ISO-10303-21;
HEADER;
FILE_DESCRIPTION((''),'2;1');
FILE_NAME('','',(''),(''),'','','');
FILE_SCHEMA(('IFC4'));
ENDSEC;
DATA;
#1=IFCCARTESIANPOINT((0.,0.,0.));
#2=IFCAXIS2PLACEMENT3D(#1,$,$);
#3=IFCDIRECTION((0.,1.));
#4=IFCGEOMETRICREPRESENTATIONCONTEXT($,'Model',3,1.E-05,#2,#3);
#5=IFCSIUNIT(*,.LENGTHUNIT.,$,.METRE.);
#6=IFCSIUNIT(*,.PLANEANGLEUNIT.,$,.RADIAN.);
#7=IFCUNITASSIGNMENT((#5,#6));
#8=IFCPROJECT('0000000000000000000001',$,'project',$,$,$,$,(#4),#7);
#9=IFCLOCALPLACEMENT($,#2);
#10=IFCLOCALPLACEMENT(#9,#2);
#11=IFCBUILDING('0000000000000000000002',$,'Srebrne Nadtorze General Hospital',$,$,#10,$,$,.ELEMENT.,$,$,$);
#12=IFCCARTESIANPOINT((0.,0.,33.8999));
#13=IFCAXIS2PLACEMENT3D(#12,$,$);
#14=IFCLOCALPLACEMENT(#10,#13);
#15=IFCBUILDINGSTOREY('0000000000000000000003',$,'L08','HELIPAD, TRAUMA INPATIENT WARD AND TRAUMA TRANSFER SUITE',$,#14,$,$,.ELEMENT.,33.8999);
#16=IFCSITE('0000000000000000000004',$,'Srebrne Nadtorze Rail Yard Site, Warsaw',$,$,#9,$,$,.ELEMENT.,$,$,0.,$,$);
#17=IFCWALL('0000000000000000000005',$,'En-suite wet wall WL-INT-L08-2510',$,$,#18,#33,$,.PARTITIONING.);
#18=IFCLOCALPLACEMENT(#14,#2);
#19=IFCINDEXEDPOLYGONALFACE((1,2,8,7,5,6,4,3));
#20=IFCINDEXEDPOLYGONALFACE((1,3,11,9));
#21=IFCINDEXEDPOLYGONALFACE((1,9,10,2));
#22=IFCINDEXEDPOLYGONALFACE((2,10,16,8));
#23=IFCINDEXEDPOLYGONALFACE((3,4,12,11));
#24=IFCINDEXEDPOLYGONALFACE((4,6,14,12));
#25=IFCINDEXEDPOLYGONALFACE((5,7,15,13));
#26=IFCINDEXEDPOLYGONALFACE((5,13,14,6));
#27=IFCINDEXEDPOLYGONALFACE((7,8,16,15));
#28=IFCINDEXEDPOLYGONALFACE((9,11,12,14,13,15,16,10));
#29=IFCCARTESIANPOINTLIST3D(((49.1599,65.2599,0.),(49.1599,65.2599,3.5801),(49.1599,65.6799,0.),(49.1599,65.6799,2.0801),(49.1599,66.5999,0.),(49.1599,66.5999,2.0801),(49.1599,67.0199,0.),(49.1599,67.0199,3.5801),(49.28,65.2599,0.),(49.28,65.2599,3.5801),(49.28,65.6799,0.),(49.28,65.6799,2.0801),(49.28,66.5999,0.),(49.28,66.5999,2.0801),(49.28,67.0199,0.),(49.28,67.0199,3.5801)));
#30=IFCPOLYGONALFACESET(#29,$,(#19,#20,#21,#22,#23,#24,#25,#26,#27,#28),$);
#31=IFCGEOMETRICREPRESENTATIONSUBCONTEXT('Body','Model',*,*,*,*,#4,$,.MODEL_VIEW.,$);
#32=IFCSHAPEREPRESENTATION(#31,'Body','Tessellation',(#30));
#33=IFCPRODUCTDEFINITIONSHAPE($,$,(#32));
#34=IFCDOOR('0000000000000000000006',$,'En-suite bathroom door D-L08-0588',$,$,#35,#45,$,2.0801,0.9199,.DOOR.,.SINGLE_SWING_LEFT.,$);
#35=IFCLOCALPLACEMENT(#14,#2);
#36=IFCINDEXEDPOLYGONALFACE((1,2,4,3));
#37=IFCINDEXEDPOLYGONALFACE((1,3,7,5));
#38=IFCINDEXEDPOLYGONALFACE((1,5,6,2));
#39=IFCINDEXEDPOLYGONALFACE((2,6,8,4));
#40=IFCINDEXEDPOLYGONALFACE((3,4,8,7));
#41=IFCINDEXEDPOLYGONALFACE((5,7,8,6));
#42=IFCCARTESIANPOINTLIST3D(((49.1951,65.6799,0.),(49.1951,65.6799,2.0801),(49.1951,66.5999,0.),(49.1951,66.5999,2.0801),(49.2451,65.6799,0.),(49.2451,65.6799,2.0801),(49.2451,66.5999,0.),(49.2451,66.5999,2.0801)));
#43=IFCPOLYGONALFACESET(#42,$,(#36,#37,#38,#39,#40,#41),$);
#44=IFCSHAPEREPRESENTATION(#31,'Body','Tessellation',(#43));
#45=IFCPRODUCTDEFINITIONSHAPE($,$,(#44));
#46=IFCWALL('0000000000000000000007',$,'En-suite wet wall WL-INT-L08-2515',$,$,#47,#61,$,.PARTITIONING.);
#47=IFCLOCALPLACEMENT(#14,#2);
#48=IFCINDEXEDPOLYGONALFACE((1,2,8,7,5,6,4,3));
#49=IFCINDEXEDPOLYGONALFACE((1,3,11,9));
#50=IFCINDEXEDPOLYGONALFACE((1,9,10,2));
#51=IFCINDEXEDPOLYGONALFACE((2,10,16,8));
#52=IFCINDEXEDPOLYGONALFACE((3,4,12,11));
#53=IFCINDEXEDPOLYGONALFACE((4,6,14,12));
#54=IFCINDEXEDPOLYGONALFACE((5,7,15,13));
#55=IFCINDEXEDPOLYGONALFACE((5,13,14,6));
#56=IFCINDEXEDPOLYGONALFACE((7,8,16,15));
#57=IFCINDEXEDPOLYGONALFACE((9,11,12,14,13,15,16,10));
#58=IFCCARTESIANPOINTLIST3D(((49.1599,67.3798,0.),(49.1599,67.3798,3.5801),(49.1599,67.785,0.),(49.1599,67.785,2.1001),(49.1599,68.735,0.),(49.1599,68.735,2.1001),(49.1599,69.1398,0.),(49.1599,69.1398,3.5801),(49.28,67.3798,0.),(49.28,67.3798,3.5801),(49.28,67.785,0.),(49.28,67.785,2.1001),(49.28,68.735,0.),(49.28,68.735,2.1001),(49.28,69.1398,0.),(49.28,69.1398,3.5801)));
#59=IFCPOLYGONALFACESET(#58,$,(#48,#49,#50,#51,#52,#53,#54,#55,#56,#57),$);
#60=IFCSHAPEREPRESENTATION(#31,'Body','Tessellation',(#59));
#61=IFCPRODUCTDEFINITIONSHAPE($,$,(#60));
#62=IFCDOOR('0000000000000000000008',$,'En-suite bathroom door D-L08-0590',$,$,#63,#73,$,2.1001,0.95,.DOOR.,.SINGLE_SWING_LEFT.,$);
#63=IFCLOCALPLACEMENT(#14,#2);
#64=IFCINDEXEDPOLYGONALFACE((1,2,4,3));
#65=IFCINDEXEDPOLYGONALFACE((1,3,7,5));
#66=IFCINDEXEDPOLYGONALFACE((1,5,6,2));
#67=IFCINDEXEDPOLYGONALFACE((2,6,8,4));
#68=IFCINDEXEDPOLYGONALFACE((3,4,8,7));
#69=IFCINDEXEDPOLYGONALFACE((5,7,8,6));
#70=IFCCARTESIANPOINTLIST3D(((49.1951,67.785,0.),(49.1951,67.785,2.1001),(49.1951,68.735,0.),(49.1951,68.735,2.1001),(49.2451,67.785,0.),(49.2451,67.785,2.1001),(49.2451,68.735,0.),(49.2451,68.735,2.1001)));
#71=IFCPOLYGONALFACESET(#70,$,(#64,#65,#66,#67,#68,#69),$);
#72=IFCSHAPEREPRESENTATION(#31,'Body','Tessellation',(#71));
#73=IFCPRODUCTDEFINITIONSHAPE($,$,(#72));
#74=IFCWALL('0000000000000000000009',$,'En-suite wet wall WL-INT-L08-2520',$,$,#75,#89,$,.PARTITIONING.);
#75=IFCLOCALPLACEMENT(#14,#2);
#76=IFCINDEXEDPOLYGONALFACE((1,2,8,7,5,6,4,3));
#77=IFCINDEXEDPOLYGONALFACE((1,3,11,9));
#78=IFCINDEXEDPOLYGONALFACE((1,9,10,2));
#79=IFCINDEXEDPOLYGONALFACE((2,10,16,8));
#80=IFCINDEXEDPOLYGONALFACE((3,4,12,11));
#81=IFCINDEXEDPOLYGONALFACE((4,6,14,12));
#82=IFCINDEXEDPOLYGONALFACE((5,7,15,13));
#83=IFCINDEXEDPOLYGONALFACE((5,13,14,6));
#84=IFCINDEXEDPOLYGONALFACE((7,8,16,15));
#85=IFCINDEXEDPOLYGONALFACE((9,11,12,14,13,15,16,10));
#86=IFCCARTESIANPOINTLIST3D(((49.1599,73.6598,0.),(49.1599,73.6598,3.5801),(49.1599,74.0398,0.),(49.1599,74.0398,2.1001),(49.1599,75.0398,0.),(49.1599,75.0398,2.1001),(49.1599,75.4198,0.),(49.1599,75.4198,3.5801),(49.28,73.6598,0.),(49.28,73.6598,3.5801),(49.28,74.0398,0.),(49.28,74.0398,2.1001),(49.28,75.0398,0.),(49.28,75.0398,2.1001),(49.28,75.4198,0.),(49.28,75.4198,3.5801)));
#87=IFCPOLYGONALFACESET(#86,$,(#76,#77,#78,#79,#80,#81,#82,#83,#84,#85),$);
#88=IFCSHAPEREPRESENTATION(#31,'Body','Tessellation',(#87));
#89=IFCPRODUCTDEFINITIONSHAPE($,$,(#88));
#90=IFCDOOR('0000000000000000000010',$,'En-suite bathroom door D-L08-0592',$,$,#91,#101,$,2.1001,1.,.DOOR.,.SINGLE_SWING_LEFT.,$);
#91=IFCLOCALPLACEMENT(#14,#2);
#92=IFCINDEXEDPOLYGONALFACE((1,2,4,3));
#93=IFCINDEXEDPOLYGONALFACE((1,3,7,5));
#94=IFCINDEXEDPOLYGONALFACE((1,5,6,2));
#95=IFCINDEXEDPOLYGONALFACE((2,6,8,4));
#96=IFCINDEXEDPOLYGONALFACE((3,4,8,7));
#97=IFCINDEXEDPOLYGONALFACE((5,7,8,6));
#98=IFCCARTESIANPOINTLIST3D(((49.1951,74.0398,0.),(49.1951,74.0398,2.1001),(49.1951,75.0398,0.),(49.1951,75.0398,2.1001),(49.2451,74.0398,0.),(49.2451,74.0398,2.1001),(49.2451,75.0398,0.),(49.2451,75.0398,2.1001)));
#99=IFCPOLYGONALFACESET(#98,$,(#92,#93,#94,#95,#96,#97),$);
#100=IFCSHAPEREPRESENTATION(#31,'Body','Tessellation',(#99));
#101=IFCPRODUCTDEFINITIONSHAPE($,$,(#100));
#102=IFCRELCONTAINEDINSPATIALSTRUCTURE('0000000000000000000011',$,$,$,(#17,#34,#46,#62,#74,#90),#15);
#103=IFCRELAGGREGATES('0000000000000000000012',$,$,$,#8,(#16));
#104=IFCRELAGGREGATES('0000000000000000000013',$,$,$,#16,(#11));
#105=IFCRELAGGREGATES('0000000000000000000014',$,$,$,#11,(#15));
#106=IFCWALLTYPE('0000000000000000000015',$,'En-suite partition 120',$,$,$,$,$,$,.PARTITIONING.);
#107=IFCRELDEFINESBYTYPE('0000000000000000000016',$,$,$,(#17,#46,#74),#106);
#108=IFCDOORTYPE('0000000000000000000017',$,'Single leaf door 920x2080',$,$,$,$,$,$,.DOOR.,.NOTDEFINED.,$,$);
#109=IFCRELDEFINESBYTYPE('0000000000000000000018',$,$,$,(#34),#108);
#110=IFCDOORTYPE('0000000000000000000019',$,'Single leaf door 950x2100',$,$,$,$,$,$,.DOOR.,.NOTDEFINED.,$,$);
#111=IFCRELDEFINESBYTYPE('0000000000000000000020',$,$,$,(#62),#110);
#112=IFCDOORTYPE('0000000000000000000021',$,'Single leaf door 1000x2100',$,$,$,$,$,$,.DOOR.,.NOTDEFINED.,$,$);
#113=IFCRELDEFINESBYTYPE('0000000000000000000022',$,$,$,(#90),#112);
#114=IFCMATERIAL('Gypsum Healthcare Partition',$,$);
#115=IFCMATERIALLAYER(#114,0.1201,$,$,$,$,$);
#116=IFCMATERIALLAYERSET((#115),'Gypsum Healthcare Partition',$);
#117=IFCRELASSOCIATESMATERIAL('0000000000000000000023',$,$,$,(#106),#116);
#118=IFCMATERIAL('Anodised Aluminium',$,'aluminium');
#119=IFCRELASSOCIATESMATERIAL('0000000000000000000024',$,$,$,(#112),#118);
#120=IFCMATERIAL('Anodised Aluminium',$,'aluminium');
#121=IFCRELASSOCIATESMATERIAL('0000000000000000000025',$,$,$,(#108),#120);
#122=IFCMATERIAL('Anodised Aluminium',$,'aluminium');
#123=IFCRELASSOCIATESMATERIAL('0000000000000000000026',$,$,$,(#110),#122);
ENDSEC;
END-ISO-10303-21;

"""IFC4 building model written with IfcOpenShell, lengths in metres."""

from ifc_helpers import new_model, si_unit, direction, frame, frame_2d, origin, place, context, subcontext, project, spatial, rectangle, extrude, material, layer, layer_set, type_object, element, fill, save


model = new_model("IFC4")

# Units and contexts
model_context = context("Model", 3, precision=1e-05, world=origin(), true_north=direction((0.0, 1.0)))
body_context = subcontext(model_context, "Body", "Model", "MODEL_VIEW")
ifc_project = project(units=[si_unit("LENGTHUNIT", "METRE"), si_unit("PLANEANGLEUNIT", "RADIAN")], contexts=[model_context])

# Site, building, storey
site_placement = place(None, origin())
site = spatial("IfcSite", under=ifc_project, at=site_placement, Name="Srebrne Nadtorze Rail Yard Site, Warsaw", CompositionType="ELEMENT", RefElevation=0.0)
building_placement = place(site_placement, origin())
building = spatial("IfcBuilding", under=site, at=building_placement, Name="Srebrne Nadtorze General Hospital", CompositionType="ELEMENT")
storey_placement = place(building_placement, frame((0.0, 0.0, 33.8999)))
storey = spatial("IfcBuildingStorey", under=building, at=storey_placement, Name="L08", Description="HELIPAD, TRAUMA INPATIENT WARD AND TRAUMA TRANSFER SUITE", CompositionType="ELEMENT", Elevation=33.8999)

# Walls, openings, doors
ifc_material_1 = material(Name="Gypsum Healthcare Partition")
ifc_layer_1 = layer(ifc_material_1, 0.1201)
ifc_layer_set_1 = layer_set([ifc_layer_1], Name="Gypsum Healthcare Partition")
wall_type = type_object("IfcWallType", Name="En-suite partition 120", PredefinedType="PARTITIONING", material=ifc_layer_set_1)
ifc_material_2 = material(Name="Anodised Aluminium", Category="aluminium")
door_type_1 = type_object("IfcDoorType", Name="Single leaf door 1000x2100", OperationType="NOTDEFINED", PredefinedType="DOOR", material=ifc_material_2)
wall_1_placement = place(storey_placement, frame((49.22, 65.26, 0.0), z_axis=(0.0, 0.0, 1.0), x_axis=(0.0, 1.0, 0.0)))
wall_1 = element("IfcWall", 1, at=wall_1_placement, inside=storey, type_object=wall_type, Name="En-suite wet wall WL-INT-L08-2510", PredefinedType="PARTITIONING", context=body_context, shape_type="SweptSolid", body=[
    extrude(rectangle(XDim=1.76, YDim=0.1201, at=frame_2d((0.8799, 0.0))), origin(), (0.0, 0.0, 1.0), 3.5801),
])
opening_1_placement = place(wall_1_placement, frame((0.4199, 0.0, 0.0)))
opening_1 = element("IfcOpeningElement", 2, at=opening_1_placement, cuts=wall_1, PredefinedType="OPENING", context=body_context, shape_type="SweptSolid", body=[
    extrude(rectangle(XDim=0.9199, YDim=2.0801, at=frame_2d((0.46, 1.04))), frame((0.0, 0.072, 0.0), z_axis=(0.0, -1.0, 0.0), x_axis=(1.0, 0.0, 0.0)), (0.0, 0.0, 1.0), 0.144),
])
ifc_material_3 = material(Name="Anodised Aluminium", Category="aluminium")
door_type_2 = type_object("IfcDoorType", Name="Single leaf door 920x2080", OperationType="NOTDEFINED", PredefinedType="DOOR", material=ifc_material_3)
door_1_placement = place(opening_1_placement, origin())
door_1 = element("IfcDoor", 3, at=door_1_placement, inside=storey, type_object=door_type_2, Name="En-suite bathroom door D-L08-0588", OperationType="SINGLE_SWING_LEFT", OverallHeight=2.0801, OverallWidth=0.9199, PredefinedType="DOOR", context=body_context, shape_type="SweptSolid", body=[
    extrude(rectangle(XDim=0.9199, YDim=2.0801, at=frame_2d((0.46, 1.04))), frame((0.0, 0.0249, 0.0), z_axis=(0.0, -1.0, 0.0), x_axis=(1.0, 0.0, 0.0)), (0.0, 0.0, 1.0), 0.05),
])
fill(opening_1, door_1)
wall_2_placement = place(storey_placement, frame((49.22, 67.3799, 0.0), z_axis=(0.0, 0.0, 1.0), x_axis=(0.0, 1.0, 0.0)))
wall_2 = element("IfcWall", 4, at=wall_2_placement, inside=storey, type_object=wall_type, Name="En-suite wet wall WL-INT-L08-2515", PredefinedType="PARTITIONING", context=body_context, shape_type="SweptSolid", body=[
    extrude(rectangle(XDim=1.76, YDim=0.1201, at=frame_2d((0.8799, 0.0))), origin(), (0.0, 0.0, 1.0), 3.5801),
])
opening_2_placement = place(wall_2_placement, frame((0.405, 0.0, 0.0)))
opening_2 = element("IfcOpeningElement", 5, at=opening_2_placement, cuts=wall_2, PredefinedType="OPENING", context=body_context, shape_type="SweptSolid", body=[
    extrude(rectangle(XDim=0.95, YDim=2.1001, at=frame_2d((0.4751, 1.05))), frame((0.0, 0.072, 0.0), z_axis=(0.0, -1.0, 0.0), x_axis=(1.0, 0.0, 0.0)), (0.0, 0.0, 1.0), 0.144),
])
ifc_material_4 = material(Name="Anodised Aluminium", Category="aluminium")
door_type_3 = type_object("IfcDoorType", Name="Single leaf door 950x2100", OperationType="NOTDEFINED", PredefinedType="DOOR", material=ifc_material_4)
door_2_placement = place(opening_2_placement, origin())
door_2 = element("IfcDoor", 6, at=door_2_placement, inside=storey, type_object=door_type_3, Name="En-suite bathroom door D-L08-0590", OperationType="SINGLE_SWING_LEFT", OverallHeight=2.1001, OverallWidth=0.95, PredefinedType="DOOR", context=body_context, shape_type="SweptSolid", body=[
    extrude(rectangle(XDim=0.95, YDim=2.1001, at=frame_2d((0.4751, 1.05))), frame((0.0, 0.0249, 0.0), z_axis=(0.0, -1.0, 0.0), x_axis=(1.0, 0.0, 0.0)), (0.0, 0.0, 1.0), 0.05),
])
fill(opening_2, door_2)
wall_3_placement = place(storey_placement, frame((49.22, 73.6599, 0.0), z_axis=(0.0, 0.0, 1.0), x_axis=(0.0, 1.0, 0.0)))
wall_3 = element("IfcWall", 7, at=wall_3_placement, inside=storey, type_object=wall_type, Name="En-suite wet wall WL-INT-L08-2520", PredefinedType="PARTITIONING", context=body_context, shape_type="SweptSolid", body=[
    extrude(rectangle(XDim=1.76, YDim=0.1201, at=frame_2d((0.8799, 0.0))), origin(), (0.0, 0.0, 1.0), 3.5801),
])
opening_3_placement = place(wall_3_placement, frame((0.3799, 0.0, 0.0)))
opening_3 = element("IfcOpeningElement", 8, at=opening_3_placement, cuts=wall_3, PredefinedType="OPENING", context=body_context, shape_type="SweptSolid", body=[
    extrude(rectangle(XDim=1.0, YDim=2.1001, at=frame_2d((0.5, 1.05))), frame((0.0, 0.072, 0.0), z_axis=(0.0, -1.0, 0.0), x_axis=(1.0, 0.0, 0.0)), (0.0, 0.0, 1.0), 0.144),
])
door_3_placement = place(opening_3_placement, origin())
door_3 = element("IfcDoor", 9, at=door_3_placement, inside=storey, type_object=door_type_1, Name="En-suite bathroom door D-L08-0592", OperationType="SINGLE_SWING_LEFT", OverallHeight=2.1001, OverallWidth=1.0, PredefinedType="DOOR", context=body_context, shape_type="SweptSolid", body=[
    extrude(rectangle(XDim=1.0, YDim=2.1001, at=frame_2d((0.5, 1.05))), frame((0.0, 0.0249, 0.0), z_axis=(0.0, -1.0, 0.0), x_axis=(1.0, 0.0, 0.0)), (0.0, 0.0, 1.0), 0.05),
])
fill(opening_3, door_3)

save(model, "model.ifc")
